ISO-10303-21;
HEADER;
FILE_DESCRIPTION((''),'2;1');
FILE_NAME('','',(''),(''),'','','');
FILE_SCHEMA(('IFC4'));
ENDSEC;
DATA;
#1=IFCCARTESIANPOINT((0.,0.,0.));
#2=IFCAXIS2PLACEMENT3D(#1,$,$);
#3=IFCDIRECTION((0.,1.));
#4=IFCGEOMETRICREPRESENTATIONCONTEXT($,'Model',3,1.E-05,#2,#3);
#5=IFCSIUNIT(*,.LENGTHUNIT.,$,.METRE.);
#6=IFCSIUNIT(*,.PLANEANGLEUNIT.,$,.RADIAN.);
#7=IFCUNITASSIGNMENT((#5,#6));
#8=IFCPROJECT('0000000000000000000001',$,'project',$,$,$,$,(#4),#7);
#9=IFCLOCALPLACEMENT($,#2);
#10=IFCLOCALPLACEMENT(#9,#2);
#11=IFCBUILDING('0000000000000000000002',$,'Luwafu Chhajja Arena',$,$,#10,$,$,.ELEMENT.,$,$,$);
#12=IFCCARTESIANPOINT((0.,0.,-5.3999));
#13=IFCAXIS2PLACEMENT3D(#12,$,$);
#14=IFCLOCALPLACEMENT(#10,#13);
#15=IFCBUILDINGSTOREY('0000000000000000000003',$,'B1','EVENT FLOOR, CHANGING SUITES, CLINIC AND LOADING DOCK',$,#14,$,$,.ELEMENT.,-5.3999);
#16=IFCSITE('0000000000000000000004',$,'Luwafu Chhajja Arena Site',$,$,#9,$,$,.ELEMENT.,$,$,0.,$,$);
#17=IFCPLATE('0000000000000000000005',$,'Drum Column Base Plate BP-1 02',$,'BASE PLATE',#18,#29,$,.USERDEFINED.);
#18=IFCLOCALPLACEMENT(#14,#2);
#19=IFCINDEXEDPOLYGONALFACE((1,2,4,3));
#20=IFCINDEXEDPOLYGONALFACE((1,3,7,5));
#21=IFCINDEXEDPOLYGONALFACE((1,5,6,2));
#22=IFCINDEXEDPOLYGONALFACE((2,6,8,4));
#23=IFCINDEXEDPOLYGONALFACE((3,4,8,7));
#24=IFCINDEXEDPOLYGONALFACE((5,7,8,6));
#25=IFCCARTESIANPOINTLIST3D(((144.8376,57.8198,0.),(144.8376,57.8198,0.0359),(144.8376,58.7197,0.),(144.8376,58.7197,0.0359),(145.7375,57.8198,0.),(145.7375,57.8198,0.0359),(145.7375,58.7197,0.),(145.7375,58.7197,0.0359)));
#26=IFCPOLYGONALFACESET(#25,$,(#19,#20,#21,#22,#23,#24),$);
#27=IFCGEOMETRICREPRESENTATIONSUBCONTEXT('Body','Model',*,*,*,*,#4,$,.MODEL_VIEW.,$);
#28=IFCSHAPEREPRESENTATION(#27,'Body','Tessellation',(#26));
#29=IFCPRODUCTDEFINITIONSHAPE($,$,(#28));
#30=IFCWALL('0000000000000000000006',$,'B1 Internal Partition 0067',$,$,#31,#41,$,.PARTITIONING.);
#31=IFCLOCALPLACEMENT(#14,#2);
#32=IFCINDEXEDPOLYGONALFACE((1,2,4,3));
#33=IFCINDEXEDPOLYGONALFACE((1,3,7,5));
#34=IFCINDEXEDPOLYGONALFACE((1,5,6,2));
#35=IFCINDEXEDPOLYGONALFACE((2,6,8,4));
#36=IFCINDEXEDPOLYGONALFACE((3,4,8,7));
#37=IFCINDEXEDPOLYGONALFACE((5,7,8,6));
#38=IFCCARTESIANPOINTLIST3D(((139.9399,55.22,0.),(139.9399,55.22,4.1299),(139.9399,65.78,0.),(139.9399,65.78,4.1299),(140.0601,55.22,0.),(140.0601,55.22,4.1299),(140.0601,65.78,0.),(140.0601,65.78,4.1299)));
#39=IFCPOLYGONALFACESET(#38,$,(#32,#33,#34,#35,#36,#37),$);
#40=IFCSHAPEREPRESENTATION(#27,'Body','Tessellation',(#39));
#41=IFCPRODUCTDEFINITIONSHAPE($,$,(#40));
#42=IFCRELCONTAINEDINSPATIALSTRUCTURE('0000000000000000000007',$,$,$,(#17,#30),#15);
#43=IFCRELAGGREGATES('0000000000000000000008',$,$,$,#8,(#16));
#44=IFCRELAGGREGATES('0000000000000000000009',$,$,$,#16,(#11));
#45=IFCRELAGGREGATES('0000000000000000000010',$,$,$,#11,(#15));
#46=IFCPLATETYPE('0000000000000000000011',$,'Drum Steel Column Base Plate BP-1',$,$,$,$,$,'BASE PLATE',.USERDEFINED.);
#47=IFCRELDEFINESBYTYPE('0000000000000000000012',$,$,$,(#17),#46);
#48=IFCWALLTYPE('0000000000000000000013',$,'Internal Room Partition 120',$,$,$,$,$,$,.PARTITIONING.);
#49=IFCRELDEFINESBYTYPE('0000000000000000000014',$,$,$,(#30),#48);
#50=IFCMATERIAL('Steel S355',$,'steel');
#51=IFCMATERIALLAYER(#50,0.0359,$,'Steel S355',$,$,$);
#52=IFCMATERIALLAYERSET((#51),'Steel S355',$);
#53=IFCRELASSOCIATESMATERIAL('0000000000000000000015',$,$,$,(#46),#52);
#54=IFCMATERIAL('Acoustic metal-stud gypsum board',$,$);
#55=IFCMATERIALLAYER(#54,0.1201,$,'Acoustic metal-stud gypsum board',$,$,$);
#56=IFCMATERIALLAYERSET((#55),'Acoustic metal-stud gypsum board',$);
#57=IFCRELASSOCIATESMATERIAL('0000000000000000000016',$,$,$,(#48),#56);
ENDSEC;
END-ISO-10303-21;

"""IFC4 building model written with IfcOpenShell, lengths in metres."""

from ifc_helpers import new_model, si_unit, direction, frame, frame_2d, origin, origin_2d, place, context, subcontext, project, spatial, rectangle, extrude, material, layer, layer_set, type_object, element, save


model = new_model("IFC4")

# Units and contexts
model_context = context("Model", 3, precision=1e-05, world=origin(), true_north=direction((0.0, 1.0)))
body_context = subcontext(model_context, "Body", "Model", "MODEL_VIEW")
ifc_project = project(units=[si_unit("LENGTHUNIT", "METRE"), si_unit("PLANEANGLEUNIT", "RADIAN")], contexts=[model_context])

# Site, building, storey
site_placement = place(None, origin())
site = spatial("IfcSite", under=ifc_project, at=site_placement, Name="Luwafu Chhajja Arena Site", CompositionType="ELEMENT", RefElevation=0.0)
building_placement = place(site_placement, origin())
building = spatial("IfcBuilding", under=site, at=building_placement, Name="Luwafu Chhajja Arena", CompositionType="ELEMENT")
storey_placement = place(building_placement, frame((0.0, 0.0, -5.3999)))
storey = spatial("IfcBuildingStorey", under=building, at=storey_placement, Name="B1", Description="EVENT FLOOR, CHANGING SUITES, CLINIC AND LOADING DOCK", CompositionType="ELEMENT", Elevation=-5.3999)

# Shared definitions
ifc_material_1 = material(Name="Steel S355", Category="steel")

# Plate
ifc_layer_1 = layer(ifc_material_1, 0.0359, Name="Steel S355")
ifc_layer_set_1 = layer_set([ifc_layer_1], Name="Steel S355")
plate_type = type_object("IfcPlateType", Name="Drum Steel Column Base Plate BP-1", ElementType="BASE PLATE", PredefinedType="USERDEFINED", material=ifc_layer_set_1)
plate_placement = place(storey_placement, frame((145.2876, 58.2698, 0.0), z_axis=(0.0, 0.0, 1.0), x_axis=(1.0, 0.0, 0.0)))
element("IfcPlate", 1, at=plate_placement, inside=storey, type_object=plate_type, Name="Drum Column Base Plate BP-1 02", ObjectType="BASE PLATE", PredefinedType="USERDEFINED", context=body_context, shape_type="SweptSolid", body=[
    extrude(rectangle(XDim=0.8999, YDim=0.8999, at=origin_2d()), origin(), (0.0, 0.0, 1.0), 0.0359),
])

# Wall
ifc_material_2 = material(Name="Acoustic metal-stud gypsum board")
ifc_layer_2 = layer(ifc_material_2, 0.1201, Name="Acoustic metal-stud gypsum board")
ifc_layer_set_2 = layer_set([ifc_layer_2], Name="Acoustic metal-stud gypsum board")
wall_type = type_object("IfcWallType", Name="Internal Room Partition 120", PredefinedType="PARTITIONING", material=ifc_layer_set_2)
wall_placement = place(storey_placement, frame((140.0, 55.22, 0.0), z_axis=(0.0, 0.0, 1.0), x_axis=(0.0, 1.0, 0.0)))
element("IfcWall", 2, at=wall_placement, inside=storey, type_object=wall_type, Name="B1 Internal Partition 0067", PredefinedType="PARTITIONING", context=body_context, shape_type="SweptSolid", body=[
    extrude(rectangle(XDim=10.5601, YDim=0.1201, at=frame_2d((5.28, 0.0))), origin(), (0.0, 0.0, 1.0), 4.1299),
])

save(model, "model.ifc")
